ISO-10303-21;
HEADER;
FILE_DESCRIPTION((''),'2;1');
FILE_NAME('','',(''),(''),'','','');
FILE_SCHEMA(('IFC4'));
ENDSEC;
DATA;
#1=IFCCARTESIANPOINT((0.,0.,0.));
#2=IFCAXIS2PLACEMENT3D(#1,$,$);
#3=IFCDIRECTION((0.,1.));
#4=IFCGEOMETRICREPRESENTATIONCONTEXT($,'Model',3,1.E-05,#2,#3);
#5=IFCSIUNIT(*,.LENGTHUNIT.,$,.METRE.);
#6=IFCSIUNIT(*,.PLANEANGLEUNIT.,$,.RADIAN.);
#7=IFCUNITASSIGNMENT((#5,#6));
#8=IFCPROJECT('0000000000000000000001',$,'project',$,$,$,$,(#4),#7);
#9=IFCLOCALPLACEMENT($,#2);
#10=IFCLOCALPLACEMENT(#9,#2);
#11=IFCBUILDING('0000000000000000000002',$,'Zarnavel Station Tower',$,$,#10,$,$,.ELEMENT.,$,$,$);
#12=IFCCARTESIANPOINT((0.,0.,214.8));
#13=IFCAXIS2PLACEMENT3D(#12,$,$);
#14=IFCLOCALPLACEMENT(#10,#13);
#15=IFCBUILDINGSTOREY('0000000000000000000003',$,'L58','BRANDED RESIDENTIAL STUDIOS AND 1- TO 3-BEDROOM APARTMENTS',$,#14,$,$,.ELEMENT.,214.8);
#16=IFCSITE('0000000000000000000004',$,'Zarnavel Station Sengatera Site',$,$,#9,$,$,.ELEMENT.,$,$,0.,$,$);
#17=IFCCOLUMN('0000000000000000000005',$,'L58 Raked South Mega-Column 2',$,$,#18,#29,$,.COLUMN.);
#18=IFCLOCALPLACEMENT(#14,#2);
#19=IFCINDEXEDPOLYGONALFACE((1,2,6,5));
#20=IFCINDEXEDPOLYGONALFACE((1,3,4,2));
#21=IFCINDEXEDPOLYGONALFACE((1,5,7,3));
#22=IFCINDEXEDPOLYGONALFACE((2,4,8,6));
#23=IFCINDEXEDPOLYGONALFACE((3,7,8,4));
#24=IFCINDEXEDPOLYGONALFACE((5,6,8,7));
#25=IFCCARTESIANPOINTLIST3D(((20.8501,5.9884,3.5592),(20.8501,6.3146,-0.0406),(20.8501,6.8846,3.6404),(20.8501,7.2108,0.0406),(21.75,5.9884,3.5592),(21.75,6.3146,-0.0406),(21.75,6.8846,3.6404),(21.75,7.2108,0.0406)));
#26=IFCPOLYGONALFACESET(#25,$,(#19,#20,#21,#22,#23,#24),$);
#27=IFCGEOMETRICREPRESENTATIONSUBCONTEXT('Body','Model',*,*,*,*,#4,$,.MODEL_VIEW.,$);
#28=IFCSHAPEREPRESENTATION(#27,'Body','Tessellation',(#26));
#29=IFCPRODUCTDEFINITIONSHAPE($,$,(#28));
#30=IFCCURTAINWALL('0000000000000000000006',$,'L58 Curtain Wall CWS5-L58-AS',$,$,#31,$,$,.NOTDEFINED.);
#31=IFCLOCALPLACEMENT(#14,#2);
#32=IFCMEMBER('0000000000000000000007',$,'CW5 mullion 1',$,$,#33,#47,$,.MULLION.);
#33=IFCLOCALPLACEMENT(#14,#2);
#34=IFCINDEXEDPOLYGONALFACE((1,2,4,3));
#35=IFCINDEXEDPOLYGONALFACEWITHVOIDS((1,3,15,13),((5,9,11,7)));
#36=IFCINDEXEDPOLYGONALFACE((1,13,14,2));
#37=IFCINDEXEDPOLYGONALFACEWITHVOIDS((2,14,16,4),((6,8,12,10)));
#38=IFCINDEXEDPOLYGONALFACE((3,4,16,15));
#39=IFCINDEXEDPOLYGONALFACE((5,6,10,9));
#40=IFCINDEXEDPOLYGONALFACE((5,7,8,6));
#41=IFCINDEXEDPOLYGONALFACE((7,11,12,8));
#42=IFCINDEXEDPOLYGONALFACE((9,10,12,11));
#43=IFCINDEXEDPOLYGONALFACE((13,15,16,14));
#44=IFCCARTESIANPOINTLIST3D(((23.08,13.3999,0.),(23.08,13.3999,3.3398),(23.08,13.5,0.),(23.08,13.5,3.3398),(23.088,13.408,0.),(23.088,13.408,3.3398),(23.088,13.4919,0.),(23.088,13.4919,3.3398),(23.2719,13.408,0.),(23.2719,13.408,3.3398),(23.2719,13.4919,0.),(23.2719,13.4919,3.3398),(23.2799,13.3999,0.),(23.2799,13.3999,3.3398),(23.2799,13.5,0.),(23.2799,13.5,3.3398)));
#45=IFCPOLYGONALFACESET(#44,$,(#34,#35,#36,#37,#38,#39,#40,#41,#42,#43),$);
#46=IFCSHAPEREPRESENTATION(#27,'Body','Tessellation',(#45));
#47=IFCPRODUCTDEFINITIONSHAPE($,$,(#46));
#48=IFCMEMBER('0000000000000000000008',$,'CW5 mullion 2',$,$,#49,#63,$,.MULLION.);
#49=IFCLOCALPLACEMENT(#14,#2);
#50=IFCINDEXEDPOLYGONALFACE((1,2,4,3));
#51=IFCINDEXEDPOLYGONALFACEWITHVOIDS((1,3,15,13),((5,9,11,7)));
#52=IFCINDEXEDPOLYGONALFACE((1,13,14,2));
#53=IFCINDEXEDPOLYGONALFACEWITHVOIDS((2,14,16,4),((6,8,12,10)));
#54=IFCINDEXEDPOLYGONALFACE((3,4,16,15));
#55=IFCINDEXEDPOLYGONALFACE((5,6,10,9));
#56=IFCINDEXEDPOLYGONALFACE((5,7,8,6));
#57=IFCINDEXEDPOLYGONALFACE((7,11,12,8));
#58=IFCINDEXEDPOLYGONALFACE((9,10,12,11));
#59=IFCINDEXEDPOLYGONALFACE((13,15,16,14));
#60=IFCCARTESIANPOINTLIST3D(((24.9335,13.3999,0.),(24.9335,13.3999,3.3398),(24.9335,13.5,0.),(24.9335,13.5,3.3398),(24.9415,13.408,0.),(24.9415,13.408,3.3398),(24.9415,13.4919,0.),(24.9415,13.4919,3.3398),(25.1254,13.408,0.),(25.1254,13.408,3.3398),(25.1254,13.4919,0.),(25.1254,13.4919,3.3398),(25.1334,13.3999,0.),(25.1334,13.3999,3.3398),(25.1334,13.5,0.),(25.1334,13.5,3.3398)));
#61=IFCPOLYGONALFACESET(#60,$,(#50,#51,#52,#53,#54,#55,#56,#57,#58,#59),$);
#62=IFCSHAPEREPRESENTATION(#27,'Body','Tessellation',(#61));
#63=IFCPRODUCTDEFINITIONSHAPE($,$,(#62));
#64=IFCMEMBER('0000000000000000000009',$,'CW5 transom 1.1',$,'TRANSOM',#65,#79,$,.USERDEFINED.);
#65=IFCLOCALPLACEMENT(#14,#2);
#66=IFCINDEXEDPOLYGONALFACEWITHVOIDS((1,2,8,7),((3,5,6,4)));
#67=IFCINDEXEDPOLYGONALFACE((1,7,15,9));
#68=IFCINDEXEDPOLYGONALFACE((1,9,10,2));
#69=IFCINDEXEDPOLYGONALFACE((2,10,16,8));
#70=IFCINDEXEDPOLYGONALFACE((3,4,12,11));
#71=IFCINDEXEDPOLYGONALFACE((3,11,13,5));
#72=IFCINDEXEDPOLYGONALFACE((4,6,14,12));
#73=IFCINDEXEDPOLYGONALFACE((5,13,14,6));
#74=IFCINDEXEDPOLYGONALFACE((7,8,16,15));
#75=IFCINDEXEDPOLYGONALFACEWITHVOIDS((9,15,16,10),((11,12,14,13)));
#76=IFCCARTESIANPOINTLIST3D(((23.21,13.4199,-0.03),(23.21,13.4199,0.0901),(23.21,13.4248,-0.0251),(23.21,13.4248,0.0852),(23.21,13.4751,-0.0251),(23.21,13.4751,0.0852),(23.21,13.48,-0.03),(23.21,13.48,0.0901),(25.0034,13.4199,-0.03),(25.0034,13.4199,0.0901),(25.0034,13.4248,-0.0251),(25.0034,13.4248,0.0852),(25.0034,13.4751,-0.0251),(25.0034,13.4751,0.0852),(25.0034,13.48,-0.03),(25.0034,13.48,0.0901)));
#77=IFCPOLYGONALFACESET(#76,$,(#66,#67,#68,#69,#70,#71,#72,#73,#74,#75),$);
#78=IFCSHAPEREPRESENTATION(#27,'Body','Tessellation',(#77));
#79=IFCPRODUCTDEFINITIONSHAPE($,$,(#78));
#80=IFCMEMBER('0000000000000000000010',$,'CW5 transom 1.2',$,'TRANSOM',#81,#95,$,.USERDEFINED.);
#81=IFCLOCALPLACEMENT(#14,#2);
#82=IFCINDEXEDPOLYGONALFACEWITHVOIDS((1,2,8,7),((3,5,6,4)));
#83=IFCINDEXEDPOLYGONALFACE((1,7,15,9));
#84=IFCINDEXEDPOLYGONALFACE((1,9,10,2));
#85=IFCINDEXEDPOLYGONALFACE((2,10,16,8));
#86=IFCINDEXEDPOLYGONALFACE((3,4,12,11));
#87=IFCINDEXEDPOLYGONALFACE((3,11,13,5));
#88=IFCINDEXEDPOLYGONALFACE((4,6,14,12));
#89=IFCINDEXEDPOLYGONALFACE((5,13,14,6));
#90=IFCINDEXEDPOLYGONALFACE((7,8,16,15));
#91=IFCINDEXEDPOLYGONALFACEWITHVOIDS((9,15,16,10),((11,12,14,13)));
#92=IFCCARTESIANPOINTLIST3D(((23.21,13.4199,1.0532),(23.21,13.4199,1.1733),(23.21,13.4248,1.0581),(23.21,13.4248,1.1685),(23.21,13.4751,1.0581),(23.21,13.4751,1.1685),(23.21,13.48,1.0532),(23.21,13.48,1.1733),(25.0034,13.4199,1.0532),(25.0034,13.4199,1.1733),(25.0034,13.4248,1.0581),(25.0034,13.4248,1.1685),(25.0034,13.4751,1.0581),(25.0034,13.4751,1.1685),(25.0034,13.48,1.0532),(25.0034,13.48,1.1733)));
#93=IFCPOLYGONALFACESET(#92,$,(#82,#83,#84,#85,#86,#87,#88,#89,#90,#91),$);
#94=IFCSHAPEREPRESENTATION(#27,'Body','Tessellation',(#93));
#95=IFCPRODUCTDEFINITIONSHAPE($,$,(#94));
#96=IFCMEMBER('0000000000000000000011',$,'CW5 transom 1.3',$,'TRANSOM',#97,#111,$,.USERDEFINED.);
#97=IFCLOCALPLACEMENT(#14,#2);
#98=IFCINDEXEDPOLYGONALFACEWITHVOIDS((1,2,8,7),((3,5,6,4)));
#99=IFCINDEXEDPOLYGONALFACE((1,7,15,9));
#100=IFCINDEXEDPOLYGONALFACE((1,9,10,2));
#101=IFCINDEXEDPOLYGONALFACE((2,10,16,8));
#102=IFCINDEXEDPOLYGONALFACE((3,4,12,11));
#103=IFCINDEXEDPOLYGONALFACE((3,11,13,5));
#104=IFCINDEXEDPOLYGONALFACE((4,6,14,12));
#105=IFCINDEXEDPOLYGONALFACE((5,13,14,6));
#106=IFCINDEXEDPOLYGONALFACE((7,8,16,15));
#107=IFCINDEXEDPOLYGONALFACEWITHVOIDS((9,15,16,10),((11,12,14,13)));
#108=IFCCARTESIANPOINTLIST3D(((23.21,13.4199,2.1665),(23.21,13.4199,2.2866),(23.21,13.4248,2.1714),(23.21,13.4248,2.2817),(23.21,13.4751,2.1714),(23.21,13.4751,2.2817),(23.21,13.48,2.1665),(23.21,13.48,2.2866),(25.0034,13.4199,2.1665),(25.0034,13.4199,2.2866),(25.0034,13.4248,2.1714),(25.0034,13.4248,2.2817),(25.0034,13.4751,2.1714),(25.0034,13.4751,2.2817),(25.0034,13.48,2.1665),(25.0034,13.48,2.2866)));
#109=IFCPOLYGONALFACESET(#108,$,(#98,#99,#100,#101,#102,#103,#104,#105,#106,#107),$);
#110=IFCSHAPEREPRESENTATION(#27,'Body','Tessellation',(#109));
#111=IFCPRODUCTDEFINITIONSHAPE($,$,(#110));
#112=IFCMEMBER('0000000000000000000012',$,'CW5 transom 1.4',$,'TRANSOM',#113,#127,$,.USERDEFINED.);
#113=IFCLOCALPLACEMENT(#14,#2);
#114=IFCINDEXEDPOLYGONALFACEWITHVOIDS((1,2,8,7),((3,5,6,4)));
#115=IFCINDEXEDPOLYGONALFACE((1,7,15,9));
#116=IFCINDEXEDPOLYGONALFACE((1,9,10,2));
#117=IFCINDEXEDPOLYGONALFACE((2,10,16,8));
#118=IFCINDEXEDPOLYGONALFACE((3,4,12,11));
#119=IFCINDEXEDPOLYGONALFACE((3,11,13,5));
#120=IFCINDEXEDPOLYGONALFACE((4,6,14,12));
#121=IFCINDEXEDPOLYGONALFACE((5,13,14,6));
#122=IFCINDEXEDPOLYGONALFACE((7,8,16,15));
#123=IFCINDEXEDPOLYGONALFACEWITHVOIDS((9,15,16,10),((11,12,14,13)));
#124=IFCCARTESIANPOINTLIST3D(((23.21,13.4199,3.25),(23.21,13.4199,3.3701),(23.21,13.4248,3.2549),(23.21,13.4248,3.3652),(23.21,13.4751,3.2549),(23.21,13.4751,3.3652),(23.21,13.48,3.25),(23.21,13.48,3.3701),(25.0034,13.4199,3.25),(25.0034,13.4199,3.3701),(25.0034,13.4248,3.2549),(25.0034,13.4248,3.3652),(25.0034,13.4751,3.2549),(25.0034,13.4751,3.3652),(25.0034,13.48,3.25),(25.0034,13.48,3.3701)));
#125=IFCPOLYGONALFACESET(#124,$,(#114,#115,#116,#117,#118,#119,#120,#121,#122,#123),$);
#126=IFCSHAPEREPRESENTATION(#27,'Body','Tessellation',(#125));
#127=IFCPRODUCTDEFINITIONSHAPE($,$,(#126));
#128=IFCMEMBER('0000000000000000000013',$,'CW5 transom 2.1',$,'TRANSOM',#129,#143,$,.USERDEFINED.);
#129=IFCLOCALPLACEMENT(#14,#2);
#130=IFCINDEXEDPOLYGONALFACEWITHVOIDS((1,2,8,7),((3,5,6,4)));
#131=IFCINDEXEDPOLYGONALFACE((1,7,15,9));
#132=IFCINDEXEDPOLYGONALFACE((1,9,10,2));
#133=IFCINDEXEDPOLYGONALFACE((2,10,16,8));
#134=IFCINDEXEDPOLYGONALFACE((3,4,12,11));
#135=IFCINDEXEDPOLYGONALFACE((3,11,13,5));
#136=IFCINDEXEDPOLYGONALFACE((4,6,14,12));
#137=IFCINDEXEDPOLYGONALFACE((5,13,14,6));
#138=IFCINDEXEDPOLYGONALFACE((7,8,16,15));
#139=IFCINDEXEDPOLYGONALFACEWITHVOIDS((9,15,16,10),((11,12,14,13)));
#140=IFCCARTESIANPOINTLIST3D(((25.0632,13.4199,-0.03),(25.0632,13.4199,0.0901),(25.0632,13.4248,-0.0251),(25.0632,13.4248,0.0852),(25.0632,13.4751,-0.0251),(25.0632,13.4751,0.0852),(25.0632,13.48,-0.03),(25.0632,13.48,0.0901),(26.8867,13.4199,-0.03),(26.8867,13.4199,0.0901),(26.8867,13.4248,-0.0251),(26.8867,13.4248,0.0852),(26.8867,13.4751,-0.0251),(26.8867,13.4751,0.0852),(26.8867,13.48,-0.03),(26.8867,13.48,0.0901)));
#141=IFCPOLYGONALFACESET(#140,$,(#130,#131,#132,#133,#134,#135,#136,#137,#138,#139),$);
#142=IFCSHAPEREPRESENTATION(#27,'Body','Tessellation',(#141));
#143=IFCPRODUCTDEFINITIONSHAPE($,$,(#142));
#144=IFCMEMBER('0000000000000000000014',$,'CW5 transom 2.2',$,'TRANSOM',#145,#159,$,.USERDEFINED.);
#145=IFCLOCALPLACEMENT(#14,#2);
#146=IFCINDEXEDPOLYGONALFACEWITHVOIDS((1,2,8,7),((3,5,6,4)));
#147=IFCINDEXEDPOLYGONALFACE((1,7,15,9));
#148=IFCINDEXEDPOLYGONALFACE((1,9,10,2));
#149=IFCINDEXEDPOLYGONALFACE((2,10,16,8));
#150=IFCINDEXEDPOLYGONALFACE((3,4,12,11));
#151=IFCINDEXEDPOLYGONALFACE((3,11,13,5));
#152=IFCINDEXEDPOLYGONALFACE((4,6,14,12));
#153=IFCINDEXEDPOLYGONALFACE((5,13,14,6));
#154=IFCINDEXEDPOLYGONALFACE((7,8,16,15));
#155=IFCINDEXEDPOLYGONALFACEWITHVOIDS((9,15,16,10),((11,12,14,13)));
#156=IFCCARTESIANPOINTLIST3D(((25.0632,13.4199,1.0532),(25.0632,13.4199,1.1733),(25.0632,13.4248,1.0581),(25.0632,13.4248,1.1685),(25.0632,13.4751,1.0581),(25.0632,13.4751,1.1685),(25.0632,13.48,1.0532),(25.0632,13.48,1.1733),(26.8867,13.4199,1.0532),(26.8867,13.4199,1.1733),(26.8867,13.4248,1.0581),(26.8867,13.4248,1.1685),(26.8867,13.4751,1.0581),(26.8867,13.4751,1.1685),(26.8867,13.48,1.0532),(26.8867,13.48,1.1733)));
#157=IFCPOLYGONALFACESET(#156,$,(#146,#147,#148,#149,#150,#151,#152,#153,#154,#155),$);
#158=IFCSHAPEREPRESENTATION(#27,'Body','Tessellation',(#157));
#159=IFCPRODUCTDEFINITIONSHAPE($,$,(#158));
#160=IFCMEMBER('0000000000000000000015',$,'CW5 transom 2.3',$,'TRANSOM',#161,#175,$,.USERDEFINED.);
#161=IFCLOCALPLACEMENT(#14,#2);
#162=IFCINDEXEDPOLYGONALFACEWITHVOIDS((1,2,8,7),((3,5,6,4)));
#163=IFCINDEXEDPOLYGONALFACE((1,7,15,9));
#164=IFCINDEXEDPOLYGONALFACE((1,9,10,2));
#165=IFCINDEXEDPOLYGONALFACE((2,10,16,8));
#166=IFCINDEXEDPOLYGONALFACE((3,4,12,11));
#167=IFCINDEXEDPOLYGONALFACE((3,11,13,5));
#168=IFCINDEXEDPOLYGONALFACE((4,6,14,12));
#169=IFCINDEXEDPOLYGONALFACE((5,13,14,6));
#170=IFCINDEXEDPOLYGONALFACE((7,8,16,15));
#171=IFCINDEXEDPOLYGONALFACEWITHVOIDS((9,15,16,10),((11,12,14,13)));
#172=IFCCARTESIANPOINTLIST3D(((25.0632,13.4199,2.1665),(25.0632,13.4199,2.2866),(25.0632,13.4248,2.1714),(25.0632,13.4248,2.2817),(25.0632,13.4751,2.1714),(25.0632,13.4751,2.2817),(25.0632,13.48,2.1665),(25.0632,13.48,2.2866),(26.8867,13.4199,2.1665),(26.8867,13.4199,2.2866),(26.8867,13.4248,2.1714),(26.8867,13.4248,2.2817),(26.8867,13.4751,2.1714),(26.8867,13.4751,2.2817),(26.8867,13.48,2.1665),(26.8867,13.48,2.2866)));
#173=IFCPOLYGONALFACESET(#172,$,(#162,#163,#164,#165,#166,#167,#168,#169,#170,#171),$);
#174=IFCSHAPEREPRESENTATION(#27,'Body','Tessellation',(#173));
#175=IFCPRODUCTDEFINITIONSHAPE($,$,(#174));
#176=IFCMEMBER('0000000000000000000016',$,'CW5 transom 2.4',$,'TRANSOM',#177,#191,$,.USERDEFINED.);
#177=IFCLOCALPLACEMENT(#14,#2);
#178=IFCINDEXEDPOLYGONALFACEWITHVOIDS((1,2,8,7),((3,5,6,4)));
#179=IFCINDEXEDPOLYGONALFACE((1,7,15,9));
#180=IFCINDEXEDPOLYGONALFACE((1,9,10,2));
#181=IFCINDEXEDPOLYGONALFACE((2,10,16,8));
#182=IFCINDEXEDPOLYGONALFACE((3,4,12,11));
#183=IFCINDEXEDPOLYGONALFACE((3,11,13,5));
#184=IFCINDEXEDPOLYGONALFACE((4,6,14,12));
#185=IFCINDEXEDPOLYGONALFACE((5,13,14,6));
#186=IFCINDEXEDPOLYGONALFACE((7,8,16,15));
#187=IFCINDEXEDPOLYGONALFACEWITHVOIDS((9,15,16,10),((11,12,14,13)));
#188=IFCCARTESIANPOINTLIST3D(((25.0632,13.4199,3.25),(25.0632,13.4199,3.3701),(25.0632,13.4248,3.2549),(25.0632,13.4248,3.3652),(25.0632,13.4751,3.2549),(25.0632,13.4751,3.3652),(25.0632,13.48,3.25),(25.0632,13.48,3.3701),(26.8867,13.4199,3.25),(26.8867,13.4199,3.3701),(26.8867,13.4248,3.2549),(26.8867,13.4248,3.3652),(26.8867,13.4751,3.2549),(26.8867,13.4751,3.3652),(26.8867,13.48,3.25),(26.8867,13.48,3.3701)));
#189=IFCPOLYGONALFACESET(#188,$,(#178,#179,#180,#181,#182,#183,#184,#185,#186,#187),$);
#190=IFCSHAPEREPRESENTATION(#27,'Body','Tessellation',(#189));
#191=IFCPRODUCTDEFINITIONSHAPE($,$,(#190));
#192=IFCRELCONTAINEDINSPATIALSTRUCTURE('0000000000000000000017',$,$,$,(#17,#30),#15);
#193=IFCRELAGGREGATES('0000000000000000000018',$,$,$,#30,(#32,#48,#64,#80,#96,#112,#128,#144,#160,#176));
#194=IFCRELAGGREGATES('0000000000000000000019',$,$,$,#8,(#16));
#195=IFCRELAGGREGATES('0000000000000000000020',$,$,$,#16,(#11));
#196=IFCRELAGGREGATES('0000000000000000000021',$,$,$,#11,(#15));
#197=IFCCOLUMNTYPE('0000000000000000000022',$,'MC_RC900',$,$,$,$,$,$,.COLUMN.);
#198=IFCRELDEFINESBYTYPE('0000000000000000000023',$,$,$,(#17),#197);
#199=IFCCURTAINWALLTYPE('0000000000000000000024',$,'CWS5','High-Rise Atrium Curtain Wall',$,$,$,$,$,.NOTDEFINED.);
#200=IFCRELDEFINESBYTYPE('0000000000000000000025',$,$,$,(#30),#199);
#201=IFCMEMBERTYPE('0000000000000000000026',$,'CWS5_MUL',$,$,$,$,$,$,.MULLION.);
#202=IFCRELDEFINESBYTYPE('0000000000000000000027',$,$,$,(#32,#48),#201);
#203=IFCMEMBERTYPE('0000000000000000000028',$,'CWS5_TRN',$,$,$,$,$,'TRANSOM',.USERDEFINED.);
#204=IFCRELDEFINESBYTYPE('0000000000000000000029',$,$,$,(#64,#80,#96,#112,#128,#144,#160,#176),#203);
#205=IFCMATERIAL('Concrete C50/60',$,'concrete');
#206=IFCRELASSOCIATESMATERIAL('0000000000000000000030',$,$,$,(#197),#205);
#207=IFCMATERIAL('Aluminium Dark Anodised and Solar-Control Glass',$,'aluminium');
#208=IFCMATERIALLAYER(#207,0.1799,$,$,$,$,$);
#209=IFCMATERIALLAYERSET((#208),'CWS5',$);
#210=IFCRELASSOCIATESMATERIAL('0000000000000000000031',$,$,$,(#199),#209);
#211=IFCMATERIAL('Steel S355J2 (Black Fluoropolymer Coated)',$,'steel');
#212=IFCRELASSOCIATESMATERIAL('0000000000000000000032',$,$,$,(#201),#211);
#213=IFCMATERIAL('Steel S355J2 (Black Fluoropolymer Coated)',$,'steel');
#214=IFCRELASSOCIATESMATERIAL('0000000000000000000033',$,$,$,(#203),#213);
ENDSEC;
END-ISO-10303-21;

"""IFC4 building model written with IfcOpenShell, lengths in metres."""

from ifc_helpers import new_model, si_unit, direction, frame, origin, origin_2d, place, context, subcontext, project, spatial, rectangle, hollow_rectangle, extrude, material, layer, layer_set, material_profile, profile_set, type_object, element, aggregate, save


model = new_model("IFC4")

# Units and contexts
model_context = context("Model", 3, precision=1e-05, world=origin(), true_north=direction((0.0, 1.0)))
body_context = subcontext(model_context, "Body", "Model", "MODEL_VIEW")
ifc_project = project(units=[si_unit("LENGTHUNIT", "METRE"), si_unit("PLANEANGLEUNIT", "RADIAN")], contexts=[model_context])

# Site, building, storey
site_placement = place(None, origin())
site = spatial("IfcSite", under=ifc_project, at=site_placement, Name="Zarnavel Station Sengatera Site", CompositionType="ELEMENT", RefElevation=0.0)
building_placement = place(site_placement, origin())
building = spatial("IfcBuilding", under=site, at=building_placement, Name="Zarnavel Station Tower", CompositionType="ELEMENT")
storey_placement = place(building_placement, frame((0.0, 0.0, 214.8)))
storey = spatial("IfcBuildingStorey", under=building, at=storey_placement, Name="L58", Description="BRANDED RESIDENTIAL STUDIOS AND 1- TO 3-BEDROOM APARTMENTS", CompositionType="ELEMENT", Elevation=214.8)

# Column
ifc_material_1 = material(Name="Concrete C50/60", Category="concrete")
ifc_material_profile_1 = material_profile(ifc_material_1, rectangle(XDim=0.8999, YDim=0.8999, at=origin_2d()), Name="RC900x900")
ifc_profile_set_1 = profile_set([ifc_material_profile_1], Name="Concrete C50/60")
column_type = type_object("IfcColumnType", Name="MC_RC900", PredefinedType="COLUMN", material=ifc_profile_set_1)
column_placement = place(storey_placement, frame((21.3, 6.7627, 0.0), z_axis=(0.0, -0.090237, 0.99592), x_axis=(1.0, 0.0, 0.0)))
element("IfcColumn", 1, at=column_placement, inside=storey, type_object=column_type, Name="L58 Raked South Mega-Column 2", PredefinedType="COLUMN", context=body_context, shape_type="SweptSolid", body=[
    extrude(rectangle(XDim=0.8999, YDim=0.8999, at=origin_2d()), origin(), (0.0, 0.0, 1.0), 3.6145),
])

# Curtain wall, members
ifc_material_2 = material(Name="Aluminium Dark Anodised and Solar-Control Glass", Category="aluminium")
ifc_layer_1 = layer(ifc_material_2, 0.1799)
ifc_layer_set_1 = layer_set([ifc_layer_1], Name="CWS5")
curtain_wall_type_1 = type_object("IfcCurtainWallType", Name="CWS5", Description="High-Rise Atrium Curtain Wall", PredefinedType="NOTDEFINED", material=ifc_layer_set_1)
curtain_wall_1_placement = place(storey_placement, origin())
curtain_wall_1 = element("IfcCurtainWall", 2, at=curtain_wall_1_placement, inside=storey, type_object=curtain_wall_type_1, Name="L58 Curtain Wall CWS5-L58-AS", PredefinedType="NOTDEFINED")
ifc_material_3 = material(Name="Steel S355J2 (Black Fluoropolymer Coated)", Category="steel")
ifc_material_profile_2 = material_profile(ifc_material_3, hollow_rectangle(XDim=0.1001, YDim=0.2, WallThickness=0.0081, at=origin_2d()), Name="RHS200x100x8")
ifc_profile_set_2 = profile_set([ifc_material_profile_2], Name="Steel S355J2 (Black Fluoropolymer Coated)")
member_type_1 = type_object("IfcMemberType", Name="CWS5_MUL", PredefinedType="MULLION", material=ifc_profile_set_2)
member_1_placement = place(storey_placement, frame((23.1799, 13.45, 0.0), z_axis=(0.0, 0.0, 1.0), x_axis=(0.0, 1.0, 0.0)))
member_1 = element("IfcMember", 3, at=member_1_placement, type_object=member_type_1, Name="CW5 mullion 1", PredefinedType="MULLION", context=body_context, shape_type="SweptSolid", body=[
    extrude(hollow_rectangle(XDim=0.1001, YDim=0.2, WallThickness=0.0081, at=origin_2d()), origin(), (0.0, 0.0, 1.0), 3.3398),
])
member_2_placement = place(storey_placement, frame((25.0334, 13.45, 0.0), z_axis=(0.0, 0.0, 1.0), x_axis=(0.0, 1.0, 0.0)))
member_2 = element("IfcMember", 4, at=member_2_placement, type_object=member_type_1, Name="CW5 mullion 2", PredefinedType="MULLION", context=body_context, shape_type="SweptSolid", body=[
    extrude(hollow_rectangle(XDim=0.1001, YDim=0.2, WallThickness=0.0081, at=origin_2d()), origin(), (0.0, 0.0, 1.0), 3.3398),
])
ifc_material_4 = material(Name="Steel S355J2 (Black Fluoropolymer Coated)", Category="steel")
ifc_material_profile_3 = material_profile(ifc_material_4, hollow_rectangle(XDim=0.0601, YDim=0.1201, WallThickness=0.0049, at=origin_2d()), Name="RHS120x60x5")
ifc_profile_set_3 = profile_set([ifc_material_profile_3], Name="Steel S355J2 (Black Fluoropolymer Coated)")
member_type_2 = type_object("IfcMemberType", Name="CWS5_TRN", ElementType="TRANSOM", PredefinedType="USERDEFINED", material=ifc_profile_set_3)
member_3_placement = place(storey_placement, frame((23.21, 13.45, 0.03), z_axis=(1.0, 0.0, 0.0), x_axis=(0.0, 1.0, 0.0)))
member_3 = element("IfcMember", 5, at=member_3_placement, type_object=member_type_2, Name="CW5 transom 1.1", ObjectType="TRANSOM", PredefinedType="USERDEFINED", context=body_context, shape_type="SweptSolid", body=[
    extrude(hollow_rectangle(XDim=0.0601, YDim=0.1201, WallThickness=0.0049, at=origin_2d()), origin(), (0.0, 0.0, 1.0), 1.7935),
])
member_4_placement = place(storey_placement, frame((23.21, 13.45, 1.1133), z_axis=(1.0, 0.0, 0.0), x_axis=(0.0, 1.0, 0.0)))
member_4 = element("IfcMember", 6, at=member_4_placement, type_object=member_type_2, Name="CW5 transom 1.2", ObjectType="TRANSOM", PredefinedType="USERDEFINED", context=body_context, shape_type="SweptSolid", body=[
    extrude(hollow_rectangle(XDim=0.0601, YDim=0.1201, WallThickness=0.0049, at=origin_2d()), origin(), (0.0, 0.0, 1.0), 1.7935),
])
member_5_placement = place(storey_placement, frame((23.21, 13.45, 2.2266), z_axis=(1.0, 0.0, 0.0), x_axis=(0.0, 1.0, 0.0)))
member_5 = element("IfcMember", 7, at=member_5_placement, type_object=member_type_2, Name="CW5 transom 1.3", ObjectType="TRANSOM", PredefinedType="USERDEFINED", context=body_context, shape_type="SweptSolid", body=[
    extrude(hollow_rectangle(XDim=0.0601, YDim=0.1201, WallThickness=0.0049, at=origin_2d()), origin(), (0.0, 0.0, 1.0), 1.7935),
])
member_6_placement = place(storey_placement, frame((23.21, 13.45, 3.3101), z_axis=(1.0, 0.0, 0.0), x_axis=(0.0, 1.0, 0.0)))
member_6 = element("IfcMember", 8, at=member_6_placement, type_object=member_type_2, Name="CW5 transom 1.4", ObjectType="TRANSOM", PredefinedType="USERDEFINED", context=body_context, shape_type="SweptSolid", body=[
    extrude(hollow_rectangle(XDim=0.0601, YDim=0.1201, WallThickness=0.0049, at=origin_2d()), origin(), (0.0, 0.0, 1.0), 1.7935),
])
member_7_placement = place(storey_placement, frame((25.0632, 13.45, 0.03), z_axis=(1.0, 0.0, 0.0), x_axis=(0.0, 1.0, 0.0)))
member_7 = element("IfcMember", 9, at=member_7_placement, type_object=member_type_2, Name="CW5 transom 2.1", ObjectType="TRANSOM", PredefinedType="USERDEFINED", context=body_context, shape_type="SweptSolid", body=[
    extrude(hollow_rectangle(XDim=0.0601, YDim=0.1201, WallThickness=0.0049, at=origin_2d()), origin(), (0.0, 0.0, 1.0), 1.8235),
])
member_8_placement = place(storey_placement, frame((25.0632, 13.45, 1.1133), z_axis=(1.0, 0.0, 0.0), x_axis=(0.0, 1.0, 0.0)))
member_8 = element("IfcMember", 10, at=member_8_placement, type_object=member_type_2, Name="CW5 transom 2.2", ObjectType="TRANSOM", PredefinedType="USERDEFINED", context=body_context, shape_type="SweptSolid", body=[
    extrude(hollow_rectangle(XDim=0.0601, YDim=0.1201, WallThickness=0.0049, at=origin_2d()), origin(), (0.0, 0.0, 1.0), 1.8235),
])
member_9_placement = place(storey_placement, frame((25.0632, 13.45, 2.2266), z_axis=(1.0, 0.0, 0.0), x_axis=(0.0, 1.0, 0.0)))
member_9 = element("IfcMember", 11, at=member_9_placement, type_object=member_type_2, Name="CW5 transom 2.3", ObjectType="TRANSOM", PredefinedType="USERDEFINED", context=body_context, shape_type="SweptSolid", body=[
    extrude(hollow_rectangle(XDim=0.0601, YDim=0.1201, WallThickness=0.0049, at=origin_2d()), origin(), (0.0, 0.0, 1.0), 1.8235),
])
member_10_placement = place(storey_placement, frame((25.0632, 13.45, 3.3101), z_axis=(1.0, 0.0, 0.0), x_axis=(0.0, 1.0, 0.0)))
member_10 = element("IfcMember", 12, at=member_10_placement, type_object=member_type_2, Name="CW5 transom 2.4", ObjectType="TRANSOM", PredefinedType="USERDEFINED", context=body_context, shape_type="SweptSolid", body=[
    extrude(hollow_rectangle(XDim=0.0601, YDim=0.1201, WallThickness=0.0049, at=origin_2d()), origin(), (0.0, 0.0, 1.0), 1.8235),
])

aggregate(curtain_wall_1, [member_1, member_2, member_3, member_4, member_5, member_6, member_7, member_8, member_9, member_10])

save(model, "model.ifc")
